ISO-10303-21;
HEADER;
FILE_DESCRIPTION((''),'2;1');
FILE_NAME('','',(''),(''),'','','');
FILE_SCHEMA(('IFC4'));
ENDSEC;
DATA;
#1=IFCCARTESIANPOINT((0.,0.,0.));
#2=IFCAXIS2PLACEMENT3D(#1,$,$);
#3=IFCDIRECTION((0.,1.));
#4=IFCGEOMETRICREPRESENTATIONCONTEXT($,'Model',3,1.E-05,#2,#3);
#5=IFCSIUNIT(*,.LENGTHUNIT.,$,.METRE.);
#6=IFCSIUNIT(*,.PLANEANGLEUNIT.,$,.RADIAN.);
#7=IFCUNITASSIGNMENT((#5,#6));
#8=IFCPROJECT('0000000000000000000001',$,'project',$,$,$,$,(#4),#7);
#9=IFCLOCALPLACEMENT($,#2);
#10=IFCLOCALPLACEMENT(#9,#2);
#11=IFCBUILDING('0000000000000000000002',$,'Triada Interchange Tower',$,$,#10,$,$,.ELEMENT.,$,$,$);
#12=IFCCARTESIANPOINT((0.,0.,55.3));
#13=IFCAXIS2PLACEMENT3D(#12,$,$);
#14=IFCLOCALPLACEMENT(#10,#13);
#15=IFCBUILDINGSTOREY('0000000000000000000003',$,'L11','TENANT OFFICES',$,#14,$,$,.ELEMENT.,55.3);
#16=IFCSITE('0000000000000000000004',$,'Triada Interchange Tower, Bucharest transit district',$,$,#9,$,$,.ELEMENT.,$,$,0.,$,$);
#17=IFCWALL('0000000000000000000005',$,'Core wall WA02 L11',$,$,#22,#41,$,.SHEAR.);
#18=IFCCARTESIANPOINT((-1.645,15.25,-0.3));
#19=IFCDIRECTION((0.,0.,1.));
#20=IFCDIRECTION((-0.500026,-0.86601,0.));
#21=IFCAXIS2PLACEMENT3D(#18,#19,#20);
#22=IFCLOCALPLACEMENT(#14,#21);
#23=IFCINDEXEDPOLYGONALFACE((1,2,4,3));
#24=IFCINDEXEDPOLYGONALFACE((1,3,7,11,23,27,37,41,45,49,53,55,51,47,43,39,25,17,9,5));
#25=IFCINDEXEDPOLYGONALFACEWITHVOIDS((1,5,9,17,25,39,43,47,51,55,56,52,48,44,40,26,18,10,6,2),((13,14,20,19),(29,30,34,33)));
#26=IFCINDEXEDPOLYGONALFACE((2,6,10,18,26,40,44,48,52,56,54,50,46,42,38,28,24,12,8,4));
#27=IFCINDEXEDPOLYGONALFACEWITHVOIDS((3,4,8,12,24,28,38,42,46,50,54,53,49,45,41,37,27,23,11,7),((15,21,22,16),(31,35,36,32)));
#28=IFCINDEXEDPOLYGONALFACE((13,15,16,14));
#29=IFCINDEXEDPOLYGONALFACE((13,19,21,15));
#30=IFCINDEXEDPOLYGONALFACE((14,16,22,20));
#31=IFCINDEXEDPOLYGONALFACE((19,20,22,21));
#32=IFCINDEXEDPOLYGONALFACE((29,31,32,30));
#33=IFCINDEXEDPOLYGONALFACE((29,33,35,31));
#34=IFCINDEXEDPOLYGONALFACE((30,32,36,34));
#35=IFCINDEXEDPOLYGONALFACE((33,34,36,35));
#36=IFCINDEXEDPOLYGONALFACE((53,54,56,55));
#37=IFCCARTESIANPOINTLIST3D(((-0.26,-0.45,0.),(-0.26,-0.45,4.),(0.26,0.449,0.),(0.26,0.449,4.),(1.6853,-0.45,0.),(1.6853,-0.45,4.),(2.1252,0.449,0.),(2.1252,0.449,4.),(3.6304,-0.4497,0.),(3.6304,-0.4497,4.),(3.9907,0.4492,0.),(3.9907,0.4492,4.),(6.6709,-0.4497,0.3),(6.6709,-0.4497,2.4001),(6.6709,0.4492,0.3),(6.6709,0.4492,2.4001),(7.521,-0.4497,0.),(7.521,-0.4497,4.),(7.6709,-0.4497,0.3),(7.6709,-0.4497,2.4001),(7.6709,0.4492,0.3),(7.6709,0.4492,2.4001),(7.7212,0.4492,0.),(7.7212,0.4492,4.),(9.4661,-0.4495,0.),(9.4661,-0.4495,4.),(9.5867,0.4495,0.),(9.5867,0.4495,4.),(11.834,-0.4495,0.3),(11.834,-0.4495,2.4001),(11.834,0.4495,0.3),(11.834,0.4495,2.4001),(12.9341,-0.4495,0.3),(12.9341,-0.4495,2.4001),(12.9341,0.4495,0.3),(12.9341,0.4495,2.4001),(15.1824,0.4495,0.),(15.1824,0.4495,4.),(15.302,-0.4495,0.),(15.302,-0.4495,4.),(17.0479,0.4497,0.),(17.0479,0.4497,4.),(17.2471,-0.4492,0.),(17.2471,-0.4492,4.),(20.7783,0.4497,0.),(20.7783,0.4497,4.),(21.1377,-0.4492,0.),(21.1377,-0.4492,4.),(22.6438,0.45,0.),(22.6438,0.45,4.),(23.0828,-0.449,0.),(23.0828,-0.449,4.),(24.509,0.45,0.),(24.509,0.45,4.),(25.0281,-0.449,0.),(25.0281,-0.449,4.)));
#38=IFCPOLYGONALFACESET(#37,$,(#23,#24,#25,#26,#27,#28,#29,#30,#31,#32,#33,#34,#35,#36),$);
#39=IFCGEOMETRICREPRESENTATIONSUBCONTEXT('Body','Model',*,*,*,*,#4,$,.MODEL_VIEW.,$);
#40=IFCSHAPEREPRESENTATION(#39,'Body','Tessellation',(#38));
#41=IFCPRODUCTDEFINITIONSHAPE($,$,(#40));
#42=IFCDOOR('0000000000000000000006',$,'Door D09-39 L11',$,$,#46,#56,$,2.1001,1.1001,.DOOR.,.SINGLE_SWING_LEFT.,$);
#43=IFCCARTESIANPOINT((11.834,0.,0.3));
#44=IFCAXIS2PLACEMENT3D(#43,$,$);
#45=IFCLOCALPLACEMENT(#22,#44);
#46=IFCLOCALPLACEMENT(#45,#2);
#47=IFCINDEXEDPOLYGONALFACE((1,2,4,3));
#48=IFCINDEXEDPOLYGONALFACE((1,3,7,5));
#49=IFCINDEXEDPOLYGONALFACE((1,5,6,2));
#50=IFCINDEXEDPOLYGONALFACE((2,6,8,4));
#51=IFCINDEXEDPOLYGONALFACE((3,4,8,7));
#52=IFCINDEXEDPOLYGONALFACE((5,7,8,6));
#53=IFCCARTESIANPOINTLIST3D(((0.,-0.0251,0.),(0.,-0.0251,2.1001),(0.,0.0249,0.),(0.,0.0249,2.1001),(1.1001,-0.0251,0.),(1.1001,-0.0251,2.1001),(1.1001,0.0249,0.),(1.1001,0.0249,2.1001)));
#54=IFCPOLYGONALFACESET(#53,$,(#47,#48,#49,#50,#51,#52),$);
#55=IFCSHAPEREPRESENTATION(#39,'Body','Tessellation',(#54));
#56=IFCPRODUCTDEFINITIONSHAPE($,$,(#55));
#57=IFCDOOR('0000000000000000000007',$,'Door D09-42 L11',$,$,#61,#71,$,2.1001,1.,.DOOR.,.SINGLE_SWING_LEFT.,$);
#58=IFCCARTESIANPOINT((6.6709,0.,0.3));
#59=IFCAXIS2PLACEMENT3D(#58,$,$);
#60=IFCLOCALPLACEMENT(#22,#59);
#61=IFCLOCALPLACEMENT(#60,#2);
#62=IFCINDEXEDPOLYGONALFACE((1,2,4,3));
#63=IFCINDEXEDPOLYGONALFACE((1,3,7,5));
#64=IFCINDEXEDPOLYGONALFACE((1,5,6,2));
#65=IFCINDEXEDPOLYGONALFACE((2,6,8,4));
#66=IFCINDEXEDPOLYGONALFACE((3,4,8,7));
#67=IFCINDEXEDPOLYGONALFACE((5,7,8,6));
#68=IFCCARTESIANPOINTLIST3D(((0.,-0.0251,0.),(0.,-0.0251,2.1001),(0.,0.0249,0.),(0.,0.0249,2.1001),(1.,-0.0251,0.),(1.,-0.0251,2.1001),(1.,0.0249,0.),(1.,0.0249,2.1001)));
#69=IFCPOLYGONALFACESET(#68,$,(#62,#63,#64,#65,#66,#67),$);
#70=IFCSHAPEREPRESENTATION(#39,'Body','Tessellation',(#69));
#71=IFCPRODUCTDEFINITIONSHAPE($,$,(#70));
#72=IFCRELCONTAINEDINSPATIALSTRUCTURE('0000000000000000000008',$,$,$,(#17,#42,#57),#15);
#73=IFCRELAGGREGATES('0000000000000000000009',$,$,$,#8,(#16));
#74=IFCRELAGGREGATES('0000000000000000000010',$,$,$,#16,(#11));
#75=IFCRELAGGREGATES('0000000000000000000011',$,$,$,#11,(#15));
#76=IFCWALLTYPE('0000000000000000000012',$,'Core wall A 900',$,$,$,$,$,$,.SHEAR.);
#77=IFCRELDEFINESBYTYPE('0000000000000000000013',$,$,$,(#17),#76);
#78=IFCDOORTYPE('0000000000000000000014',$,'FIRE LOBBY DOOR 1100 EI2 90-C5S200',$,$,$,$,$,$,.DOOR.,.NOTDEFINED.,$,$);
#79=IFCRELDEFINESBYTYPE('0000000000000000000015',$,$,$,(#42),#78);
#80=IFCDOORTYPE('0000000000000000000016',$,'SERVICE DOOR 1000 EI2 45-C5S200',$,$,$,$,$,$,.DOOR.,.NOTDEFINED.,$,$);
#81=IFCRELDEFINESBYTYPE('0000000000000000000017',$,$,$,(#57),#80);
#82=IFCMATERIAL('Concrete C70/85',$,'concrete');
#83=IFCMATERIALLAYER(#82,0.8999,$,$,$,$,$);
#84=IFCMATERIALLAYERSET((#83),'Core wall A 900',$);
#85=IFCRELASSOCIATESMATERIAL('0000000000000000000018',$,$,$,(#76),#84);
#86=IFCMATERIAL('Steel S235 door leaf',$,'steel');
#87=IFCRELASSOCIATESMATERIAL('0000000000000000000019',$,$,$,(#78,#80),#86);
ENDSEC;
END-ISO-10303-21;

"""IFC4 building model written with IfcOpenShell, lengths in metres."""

from ifc_helpers import new_model, si_unit, direction, frame, frame_2d, origin, place, context, subcontext, project, spatial, polyline, rectangle, outline, extrude, material, layer, layer_set, type_object, element, fill, save


model = new_model("IFC4")

# Units and contexts
model_context = context("Model", 3, precision=1e-05, world=origin(), true_north=direction((0.0, 1.0)))
body_context = subcontext(model_context, "Body", "Model", "MODEL_VIEW")
ifc_project = project(units=[si_unit("LENGTHUNIT", "METRE"), si_unit("PLANEANGLEUNIT", "RADIAN")], contexts=[model_context])

# Site, building, storey
site_placement = place(None, origin())
site = spatial("IfcSite", under=ifc_project, at=site_placement, Name="Triada Interchange Tower, Bucharest transit district", CompositionType="ELEMENT", RefElevation=0.0)
building_placement = place(site_placement, origin())
building = spatial("IfcBuilding", under=site, at=building_placement, Name="Triada Interchange Tower", CompositionType="ELEMENT")
storey_placement = place(building_placement, frame((0.0, 0.0, 55.3)))
storey = spatial("IfcBuildingStorey", under=building, at=storey_placement, Name="L11", Description="TENANT OFFICES", CompositionType="ELEMENT", Elevation=55.3)

# Shared definitions
ifc_material_1 = material(Name="Concrete C70/85", Category="concrete")

# Wall, openings, doors
ifc_layer_1 = layer(ifc_material_1, 0.8999)
ifc_layer_set_1 = layer_set([ifc_layer_1], Name="Core wall A 900")
wall_type_1 = type_object("IfcWallType", Name="Core wall A 900", PredefinedType="SHEAR", material=ifc_layer_set_1)
wall_1_placement = place(storey_placement, frame((-1.645, 15.25, -0.3), z_axis=(0.0, 0.0, 1.0), x_axis=(-0.500026, -0.86601, 0.0)))
wall_1 = element("IfcWall", 1, at=wall_1_placement, inside=storey, type_object=wall_type_1, Name="Core wall WA02 L11", PredefinedType="SHEAR", context=body_context, shape_type="SweptSolid", body=[
    extrude(outline(polyline([(-0.26, -0.45), (1.6853, -0.45), (3.6304, -0.4497), (5.5757, -0.4497), (7.521, -0.4497), (9.4661, -0.4495), (11.4114, -0.4495), (13.3567, -0.4495), (15.302, -0.4495), (17.2471, -0.4492), (19.1924, -0.4492), (21.1377, -0.4492), (23.0828, -0.449), (25.0281, -0.449), (24.509, 0.45), (22.6438, 0.45), (20.7783, 0.4497), (18.9131, 0.4497), (17.0479, 0.4497), (15.1824, 0.4495), (13.3171, 0.4495), (11.4519, 0.4495), (9.5867, 0.4495), (7.7212, 0.4492), (5.856, 0.4492), (3.9907, 0.4492), (2.1252, 0.449), (0.26, 0.449), (-0.26, -0.45)])), origin(), (0.0, 0.0, 1.0), 4.0),
])
opening_1_placement = place(wall_1_placement, frame((11.834, 0.0, 0.3)))
opening_1 = element("IfcOpeningElement", 2, at=opening_1_placement, cuts=wall_1, PredefinedType="OPENING", context=body_context, shape_type="SweptSolid", body=[
    extrude(rectangle(XDim=1.1001, YDim=2.1001, at=frame_2d((0.55, 1.05))), frame((0.0, 0.46, 0.0), z_axis=(0.0, -1.0, 0.0), x_axis=(1.0, 0.0, 0.0)), (0.0, 0.0, 1.0), 0.9199),
])
opening_2_placement = place(wall_1_placement, frame((6.6709, 0.0, 0.3)))
opening_2 = element("IfcOpeningElement", 3, at=opening_2_placement, cuts=wall_1, PredefinedType="OPENING", context=body_context, shape_type="SweptSolid", body=[
    extrude(rectangle(XDim=1.0, YDim=2.1001, at=frame_2d((0.5, 1.05))), frame((0.0, 0.46, 0.0), z_axis=(0.0, -1.0, 0.0), x_axis=(1.0, 0.0, 0.0)), (0.0, 0.0, 1.0), 0.9199),
])
ifc_material_2 = material(Name="Steel S235 door leaf", Category="steel")
door_type_1 = type_object("IfcDoorType", Name="FIRE LOBBY DOOR 1100 EI2 90-C5S200", OperationType="NOTDEFINED", PredefinedType="DOOR", material=ifc_material_2)
door_1_placement = place(opening_1_placement, origin())
door_1 = element("IfcDoor", 4, at=door_1_placement, inside=storey, type_object=door_type_1, Name="Door D09-39 L11", OperationType="SINGLE_SWING_LEFT", OverallHeight=2.1001, OverallWidth=1.1001, PredefinedType="DOOR", context=body_context, shape_type="SweptSolid", body=[
    extrude(rectangle(XDim=1.1001, YDim=2.1001, at=frame_2d((0.55, 1.05))), frame((0.0, 0.0249, 0.0), z_axis=(0.0, -1.0, 0.0), x_axis=(1.0, 0.0, 0.0)), (0.0, 0.0, 1.0), 0.05),
])
fill(opening_1, door_1)
door_type_2 = type_object("IfcDoorType", Name="SERVICE DOOR 1000 EI2 45-C5S200", OperationType="NOTDEFINED", PredefinedType="DOOR", material=ifc_material_2)
door_2_placement = place(opening_2_placement, origin())
door_2 = element("IfcDoor", 5, at=door_2_placement, inside=storey, type_object=door_type_2, Name="Door D09-42 L11", OperationType="SINGLE_SWING_LEFT", OverallHeight=2.1001, OverallWidth=1.0, PredefinedType="DOOR", context=body_context, shape_type="SweptSolid", body=[
    extrude(rectangle(XDim=1.0, YDim=2.1001, at=frame_2d((0.5, 1.05))), frame((0.0, 0.0249, 0.0), z_axis=(0.0, -1.0, 0.0), x_axis=(1.0, 0.0, 0.0)), (0.0, 0.0, 1.0), 0.05),
])
fill(opening_2, door_2)

save(model, "model.ifc")
